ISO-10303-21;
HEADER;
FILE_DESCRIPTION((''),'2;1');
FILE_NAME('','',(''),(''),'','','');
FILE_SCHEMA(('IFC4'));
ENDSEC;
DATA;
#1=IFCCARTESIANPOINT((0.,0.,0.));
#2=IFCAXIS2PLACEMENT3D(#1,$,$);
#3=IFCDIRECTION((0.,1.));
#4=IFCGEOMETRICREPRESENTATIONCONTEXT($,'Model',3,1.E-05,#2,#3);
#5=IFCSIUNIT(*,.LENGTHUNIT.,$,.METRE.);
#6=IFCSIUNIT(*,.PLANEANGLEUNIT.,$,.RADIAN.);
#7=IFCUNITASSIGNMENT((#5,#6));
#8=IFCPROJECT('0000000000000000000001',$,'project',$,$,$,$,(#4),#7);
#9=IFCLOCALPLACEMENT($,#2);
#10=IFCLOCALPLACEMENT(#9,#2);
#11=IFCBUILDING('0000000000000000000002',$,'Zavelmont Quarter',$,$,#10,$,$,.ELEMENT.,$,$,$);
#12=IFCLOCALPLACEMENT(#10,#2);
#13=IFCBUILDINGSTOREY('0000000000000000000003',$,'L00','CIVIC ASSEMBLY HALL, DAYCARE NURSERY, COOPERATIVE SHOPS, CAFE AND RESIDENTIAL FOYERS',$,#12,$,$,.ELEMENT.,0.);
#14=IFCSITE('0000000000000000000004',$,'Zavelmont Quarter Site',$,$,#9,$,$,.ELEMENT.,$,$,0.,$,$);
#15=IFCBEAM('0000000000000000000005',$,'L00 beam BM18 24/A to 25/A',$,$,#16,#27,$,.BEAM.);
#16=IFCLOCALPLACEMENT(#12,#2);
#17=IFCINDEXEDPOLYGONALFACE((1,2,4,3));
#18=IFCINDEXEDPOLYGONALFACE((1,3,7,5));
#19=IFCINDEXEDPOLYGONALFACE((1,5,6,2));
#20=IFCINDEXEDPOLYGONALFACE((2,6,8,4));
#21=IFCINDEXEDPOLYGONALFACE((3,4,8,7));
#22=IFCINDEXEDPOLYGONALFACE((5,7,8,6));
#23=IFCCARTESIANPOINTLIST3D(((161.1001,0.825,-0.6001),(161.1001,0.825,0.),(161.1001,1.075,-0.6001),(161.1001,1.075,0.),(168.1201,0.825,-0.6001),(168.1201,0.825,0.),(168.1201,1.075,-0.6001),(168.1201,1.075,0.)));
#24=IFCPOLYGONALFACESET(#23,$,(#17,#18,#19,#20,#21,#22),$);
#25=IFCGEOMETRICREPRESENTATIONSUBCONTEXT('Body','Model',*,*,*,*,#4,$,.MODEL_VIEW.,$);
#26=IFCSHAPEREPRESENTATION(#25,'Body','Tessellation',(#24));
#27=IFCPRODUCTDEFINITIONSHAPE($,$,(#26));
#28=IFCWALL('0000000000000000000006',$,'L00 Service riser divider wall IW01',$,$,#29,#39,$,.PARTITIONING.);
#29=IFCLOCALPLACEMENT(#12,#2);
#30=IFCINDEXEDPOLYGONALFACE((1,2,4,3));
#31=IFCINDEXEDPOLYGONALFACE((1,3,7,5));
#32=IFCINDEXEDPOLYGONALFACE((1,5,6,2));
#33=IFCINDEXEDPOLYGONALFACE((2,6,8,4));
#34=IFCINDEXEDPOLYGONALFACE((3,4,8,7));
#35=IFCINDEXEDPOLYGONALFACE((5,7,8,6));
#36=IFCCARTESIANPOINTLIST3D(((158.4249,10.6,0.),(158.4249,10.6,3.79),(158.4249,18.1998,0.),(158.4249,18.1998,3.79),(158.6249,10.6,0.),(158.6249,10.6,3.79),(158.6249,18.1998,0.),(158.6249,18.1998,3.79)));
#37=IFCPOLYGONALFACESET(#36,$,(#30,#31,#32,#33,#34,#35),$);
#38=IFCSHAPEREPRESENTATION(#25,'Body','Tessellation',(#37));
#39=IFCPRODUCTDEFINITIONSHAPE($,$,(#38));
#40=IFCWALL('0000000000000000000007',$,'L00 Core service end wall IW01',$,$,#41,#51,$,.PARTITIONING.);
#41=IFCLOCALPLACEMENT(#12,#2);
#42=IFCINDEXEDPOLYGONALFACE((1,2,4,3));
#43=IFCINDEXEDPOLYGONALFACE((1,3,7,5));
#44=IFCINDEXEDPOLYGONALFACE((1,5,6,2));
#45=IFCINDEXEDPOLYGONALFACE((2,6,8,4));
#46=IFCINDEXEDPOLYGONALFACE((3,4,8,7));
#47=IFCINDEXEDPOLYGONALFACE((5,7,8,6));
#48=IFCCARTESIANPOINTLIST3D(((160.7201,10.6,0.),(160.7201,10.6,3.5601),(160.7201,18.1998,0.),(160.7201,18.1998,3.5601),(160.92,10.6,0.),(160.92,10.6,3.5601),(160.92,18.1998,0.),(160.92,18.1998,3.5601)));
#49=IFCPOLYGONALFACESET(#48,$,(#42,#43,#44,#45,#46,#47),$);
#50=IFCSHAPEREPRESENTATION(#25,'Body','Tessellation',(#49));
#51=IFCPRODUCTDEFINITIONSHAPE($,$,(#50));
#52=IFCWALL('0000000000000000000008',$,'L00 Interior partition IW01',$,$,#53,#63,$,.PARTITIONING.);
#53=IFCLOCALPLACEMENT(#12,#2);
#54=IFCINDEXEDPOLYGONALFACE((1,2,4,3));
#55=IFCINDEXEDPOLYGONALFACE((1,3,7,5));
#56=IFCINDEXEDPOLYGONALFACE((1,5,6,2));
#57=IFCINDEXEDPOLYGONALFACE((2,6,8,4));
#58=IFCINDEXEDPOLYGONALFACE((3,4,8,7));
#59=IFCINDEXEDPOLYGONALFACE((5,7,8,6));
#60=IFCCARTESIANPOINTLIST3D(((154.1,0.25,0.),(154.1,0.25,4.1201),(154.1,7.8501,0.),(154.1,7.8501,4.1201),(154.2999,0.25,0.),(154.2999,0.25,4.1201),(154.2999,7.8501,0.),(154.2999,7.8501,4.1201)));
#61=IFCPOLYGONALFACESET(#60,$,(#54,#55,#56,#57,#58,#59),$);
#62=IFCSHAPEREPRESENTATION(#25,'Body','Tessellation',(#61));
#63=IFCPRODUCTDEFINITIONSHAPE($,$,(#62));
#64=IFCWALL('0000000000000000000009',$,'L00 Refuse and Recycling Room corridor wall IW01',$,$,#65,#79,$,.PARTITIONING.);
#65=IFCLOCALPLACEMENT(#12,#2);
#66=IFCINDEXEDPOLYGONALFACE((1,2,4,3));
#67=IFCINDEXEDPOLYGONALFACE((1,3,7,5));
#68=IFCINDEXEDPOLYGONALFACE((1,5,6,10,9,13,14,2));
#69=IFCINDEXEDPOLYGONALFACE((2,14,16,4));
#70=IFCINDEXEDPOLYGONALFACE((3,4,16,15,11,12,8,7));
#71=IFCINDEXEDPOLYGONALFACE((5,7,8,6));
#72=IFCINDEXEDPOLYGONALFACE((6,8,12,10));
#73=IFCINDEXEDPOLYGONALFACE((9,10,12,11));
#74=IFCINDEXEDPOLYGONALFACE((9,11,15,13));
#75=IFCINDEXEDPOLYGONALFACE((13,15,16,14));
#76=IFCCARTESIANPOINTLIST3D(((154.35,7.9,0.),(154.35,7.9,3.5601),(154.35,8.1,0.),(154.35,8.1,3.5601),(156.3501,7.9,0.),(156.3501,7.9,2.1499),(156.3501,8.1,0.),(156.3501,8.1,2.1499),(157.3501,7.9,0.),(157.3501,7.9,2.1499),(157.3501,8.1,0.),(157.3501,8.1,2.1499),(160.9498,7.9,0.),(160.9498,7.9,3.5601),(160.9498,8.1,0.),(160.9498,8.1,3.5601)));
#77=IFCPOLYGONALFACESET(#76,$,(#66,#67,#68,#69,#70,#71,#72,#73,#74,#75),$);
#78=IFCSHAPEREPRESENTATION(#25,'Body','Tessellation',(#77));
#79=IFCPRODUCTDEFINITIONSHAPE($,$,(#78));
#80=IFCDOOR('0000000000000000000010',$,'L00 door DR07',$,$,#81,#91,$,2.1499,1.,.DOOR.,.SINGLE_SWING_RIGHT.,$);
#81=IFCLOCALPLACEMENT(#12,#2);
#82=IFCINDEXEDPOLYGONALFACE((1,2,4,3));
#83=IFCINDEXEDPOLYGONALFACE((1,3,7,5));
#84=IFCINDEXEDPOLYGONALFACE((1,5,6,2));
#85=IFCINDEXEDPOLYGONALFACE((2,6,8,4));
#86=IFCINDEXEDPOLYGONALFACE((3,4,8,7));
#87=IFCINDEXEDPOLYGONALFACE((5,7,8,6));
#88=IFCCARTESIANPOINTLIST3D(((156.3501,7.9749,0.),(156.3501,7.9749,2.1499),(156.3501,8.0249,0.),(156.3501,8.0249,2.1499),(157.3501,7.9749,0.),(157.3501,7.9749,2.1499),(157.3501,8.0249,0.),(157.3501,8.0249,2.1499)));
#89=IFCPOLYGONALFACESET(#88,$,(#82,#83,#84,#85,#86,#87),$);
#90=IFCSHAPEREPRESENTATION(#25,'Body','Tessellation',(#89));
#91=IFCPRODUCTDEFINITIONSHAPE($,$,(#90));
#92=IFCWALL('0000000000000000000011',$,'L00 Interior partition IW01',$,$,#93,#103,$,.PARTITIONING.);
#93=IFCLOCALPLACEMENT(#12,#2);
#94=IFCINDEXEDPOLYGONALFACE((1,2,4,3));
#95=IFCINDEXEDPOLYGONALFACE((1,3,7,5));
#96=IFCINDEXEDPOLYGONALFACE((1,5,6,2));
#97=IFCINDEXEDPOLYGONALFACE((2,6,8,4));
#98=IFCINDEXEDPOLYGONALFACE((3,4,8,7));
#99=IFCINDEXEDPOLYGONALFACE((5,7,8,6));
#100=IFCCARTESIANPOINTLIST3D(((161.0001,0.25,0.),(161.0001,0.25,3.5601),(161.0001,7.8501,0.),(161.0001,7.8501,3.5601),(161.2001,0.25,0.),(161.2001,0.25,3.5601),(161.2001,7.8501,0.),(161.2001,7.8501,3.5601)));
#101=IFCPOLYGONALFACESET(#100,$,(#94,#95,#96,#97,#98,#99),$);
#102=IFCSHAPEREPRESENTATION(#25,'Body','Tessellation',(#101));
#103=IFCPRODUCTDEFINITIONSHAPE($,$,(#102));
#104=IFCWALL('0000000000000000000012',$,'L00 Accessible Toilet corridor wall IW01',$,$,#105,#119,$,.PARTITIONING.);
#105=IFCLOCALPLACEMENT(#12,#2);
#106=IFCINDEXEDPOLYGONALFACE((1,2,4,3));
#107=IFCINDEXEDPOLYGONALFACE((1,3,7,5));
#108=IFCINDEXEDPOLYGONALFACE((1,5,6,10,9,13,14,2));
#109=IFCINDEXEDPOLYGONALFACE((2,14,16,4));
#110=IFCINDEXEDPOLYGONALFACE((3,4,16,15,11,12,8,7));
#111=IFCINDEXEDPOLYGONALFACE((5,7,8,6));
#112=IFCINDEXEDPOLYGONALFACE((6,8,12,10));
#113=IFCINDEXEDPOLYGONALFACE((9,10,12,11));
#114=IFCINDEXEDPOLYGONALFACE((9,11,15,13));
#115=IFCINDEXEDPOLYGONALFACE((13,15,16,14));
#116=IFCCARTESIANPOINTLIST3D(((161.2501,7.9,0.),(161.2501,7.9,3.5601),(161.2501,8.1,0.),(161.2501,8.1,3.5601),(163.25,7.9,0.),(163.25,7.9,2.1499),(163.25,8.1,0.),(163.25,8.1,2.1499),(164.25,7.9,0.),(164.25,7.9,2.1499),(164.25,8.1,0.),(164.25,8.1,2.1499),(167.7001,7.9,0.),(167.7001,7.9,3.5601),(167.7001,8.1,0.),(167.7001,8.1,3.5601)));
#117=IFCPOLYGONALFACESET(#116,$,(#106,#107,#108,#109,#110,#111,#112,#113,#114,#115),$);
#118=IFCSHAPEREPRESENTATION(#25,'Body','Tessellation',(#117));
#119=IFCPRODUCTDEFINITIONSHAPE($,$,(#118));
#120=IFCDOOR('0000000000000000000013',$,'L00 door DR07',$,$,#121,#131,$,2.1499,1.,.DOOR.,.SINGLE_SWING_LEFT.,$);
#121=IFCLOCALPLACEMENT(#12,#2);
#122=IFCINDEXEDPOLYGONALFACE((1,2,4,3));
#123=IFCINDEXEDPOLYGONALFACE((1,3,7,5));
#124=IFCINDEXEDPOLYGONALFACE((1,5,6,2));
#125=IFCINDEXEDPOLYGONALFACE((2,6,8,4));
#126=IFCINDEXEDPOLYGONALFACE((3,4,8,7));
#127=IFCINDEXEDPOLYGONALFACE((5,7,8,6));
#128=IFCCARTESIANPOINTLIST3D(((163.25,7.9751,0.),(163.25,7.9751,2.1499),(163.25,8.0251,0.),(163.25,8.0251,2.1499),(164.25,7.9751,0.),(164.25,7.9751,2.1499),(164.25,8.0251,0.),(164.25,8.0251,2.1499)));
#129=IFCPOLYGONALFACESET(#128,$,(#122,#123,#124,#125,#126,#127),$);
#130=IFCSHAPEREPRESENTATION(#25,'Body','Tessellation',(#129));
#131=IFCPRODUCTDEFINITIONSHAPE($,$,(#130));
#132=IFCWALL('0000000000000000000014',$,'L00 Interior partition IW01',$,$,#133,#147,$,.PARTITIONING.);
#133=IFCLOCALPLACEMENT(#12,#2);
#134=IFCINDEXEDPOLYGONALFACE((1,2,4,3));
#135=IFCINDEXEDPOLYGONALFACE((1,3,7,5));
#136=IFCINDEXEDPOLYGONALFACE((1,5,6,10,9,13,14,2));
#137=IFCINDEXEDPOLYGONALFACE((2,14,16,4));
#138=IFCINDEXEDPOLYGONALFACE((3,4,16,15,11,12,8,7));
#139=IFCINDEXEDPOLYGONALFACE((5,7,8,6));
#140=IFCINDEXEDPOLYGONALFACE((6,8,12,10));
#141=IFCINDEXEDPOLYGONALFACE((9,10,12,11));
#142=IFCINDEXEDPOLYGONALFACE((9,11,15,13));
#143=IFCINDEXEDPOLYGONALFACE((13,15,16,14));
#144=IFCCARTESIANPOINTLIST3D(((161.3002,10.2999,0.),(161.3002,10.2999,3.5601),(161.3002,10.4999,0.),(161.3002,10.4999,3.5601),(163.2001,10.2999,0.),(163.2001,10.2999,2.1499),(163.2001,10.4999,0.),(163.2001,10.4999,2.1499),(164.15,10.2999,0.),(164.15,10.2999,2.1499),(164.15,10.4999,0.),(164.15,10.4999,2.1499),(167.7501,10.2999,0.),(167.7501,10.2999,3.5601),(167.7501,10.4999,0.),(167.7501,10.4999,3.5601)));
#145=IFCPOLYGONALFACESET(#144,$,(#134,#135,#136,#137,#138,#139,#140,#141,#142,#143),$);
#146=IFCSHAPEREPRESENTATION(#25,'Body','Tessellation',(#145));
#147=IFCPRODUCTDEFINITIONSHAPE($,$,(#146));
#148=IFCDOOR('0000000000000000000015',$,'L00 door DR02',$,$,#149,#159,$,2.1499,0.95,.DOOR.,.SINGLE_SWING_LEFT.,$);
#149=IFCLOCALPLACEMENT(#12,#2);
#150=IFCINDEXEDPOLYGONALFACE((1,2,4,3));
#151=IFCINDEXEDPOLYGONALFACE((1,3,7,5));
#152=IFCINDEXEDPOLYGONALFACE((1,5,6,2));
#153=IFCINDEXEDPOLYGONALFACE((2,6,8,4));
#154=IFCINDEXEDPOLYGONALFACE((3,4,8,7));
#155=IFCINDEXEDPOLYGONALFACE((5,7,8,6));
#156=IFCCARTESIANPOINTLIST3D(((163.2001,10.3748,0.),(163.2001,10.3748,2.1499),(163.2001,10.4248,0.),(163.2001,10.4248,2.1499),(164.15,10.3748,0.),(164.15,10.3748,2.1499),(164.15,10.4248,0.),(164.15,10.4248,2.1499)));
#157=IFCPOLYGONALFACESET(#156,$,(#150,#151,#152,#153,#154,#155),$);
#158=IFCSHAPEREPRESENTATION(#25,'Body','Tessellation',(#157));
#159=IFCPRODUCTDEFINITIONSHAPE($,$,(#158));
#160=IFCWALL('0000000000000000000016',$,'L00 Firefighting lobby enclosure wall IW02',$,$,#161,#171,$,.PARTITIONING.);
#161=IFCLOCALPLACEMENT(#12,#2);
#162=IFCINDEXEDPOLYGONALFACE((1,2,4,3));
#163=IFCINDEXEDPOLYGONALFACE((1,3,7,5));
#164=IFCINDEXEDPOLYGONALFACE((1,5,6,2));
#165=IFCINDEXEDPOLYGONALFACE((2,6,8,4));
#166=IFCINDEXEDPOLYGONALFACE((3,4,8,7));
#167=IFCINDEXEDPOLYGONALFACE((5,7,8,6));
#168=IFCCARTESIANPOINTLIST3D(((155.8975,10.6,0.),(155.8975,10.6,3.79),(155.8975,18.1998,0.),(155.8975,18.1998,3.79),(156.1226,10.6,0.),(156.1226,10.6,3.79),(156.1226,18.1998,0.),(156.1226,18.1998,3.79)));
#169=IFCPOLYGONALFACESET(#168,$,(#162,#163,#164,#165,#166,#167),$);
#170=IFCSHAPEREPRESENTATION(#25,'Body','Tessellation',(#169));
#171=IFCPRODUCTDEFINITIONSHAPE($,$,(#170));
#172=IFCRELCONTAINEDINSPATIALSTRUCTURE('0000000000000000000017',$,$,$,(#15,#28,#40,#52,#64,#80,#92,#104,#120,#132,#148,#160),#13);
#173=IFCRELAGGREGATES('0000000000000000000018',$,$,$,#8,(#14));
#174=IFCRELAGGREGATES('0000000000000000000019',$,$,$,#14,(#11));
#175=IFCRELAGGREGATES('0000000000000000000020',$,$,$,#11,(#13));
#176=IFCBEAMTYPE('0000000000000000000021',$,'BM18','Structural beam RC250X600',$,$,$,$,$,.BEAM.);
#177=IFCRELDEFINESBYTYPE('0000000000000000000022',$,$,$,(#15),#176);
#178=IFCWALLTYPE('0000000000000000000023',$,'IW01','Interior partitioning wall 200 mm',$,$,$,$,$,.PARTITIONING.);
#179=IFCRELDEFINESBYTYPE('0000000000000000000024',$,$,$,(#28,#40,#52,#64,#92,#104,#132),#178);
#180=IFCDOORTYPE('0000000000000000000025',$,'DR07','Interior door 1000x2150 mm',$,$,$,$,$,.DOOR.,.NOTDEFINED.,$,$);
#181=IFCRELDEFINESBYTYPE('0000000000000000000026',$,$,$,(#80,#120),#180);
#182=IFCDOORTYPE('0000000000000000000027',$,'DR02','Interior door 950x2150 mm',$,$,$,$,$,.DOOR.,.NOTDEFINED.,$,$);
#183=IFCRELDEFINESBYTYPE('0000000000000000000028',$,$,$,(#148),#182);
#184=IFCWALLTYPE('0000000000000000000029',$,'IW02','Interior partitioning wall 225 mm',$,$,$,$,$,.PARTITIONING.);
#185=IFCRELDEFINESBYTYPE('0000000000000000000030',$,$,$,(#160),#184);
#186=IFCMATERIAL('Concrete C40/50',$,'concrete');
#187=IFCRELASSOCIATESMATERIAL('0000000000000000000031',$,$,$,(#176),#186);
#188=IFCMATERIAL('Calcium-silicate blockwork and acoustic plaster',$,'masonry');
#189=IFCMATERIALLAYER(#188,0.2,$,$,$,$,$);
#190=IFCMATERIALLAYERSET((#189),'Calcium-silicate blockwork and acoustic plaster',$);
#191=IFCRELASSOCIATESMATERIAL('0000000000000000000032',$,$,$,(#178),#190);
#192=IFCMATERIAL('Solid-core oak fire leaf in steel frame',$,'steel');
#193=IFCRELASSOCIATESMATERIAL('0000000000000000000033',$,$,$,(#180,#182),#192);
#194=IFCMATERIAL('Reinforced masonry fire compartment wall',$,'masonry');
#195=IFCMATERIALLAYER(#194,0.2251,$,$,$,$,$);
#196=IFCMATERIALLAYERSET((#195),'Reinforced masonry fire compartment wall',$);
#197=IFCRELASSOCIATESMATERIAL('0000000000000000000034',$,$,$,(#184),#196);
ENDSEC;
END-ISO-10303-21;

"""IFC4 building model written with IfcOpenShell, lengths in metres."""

from ifc_helpers import new_model, si_unit, direction, frame, frame_2d, origin, origin_with_axes, origin_2d, place, context, subcontext, project, spatial, rectangle, extrude, material, layer, layer_set, material_profile, profile_set, type_object, element, fill, save


model = new_model("IFC4")

# Units and contexts
model_context = context("Model", 3, precision=1e-05, world=origin(), true_north=direction((0.0, 1.0)))
body_context = subcontext(model_context, "Body", "Model", "MODEL_VIEW")
ifc_project = project(units=[si_unit("LENGTHUNIT", "METRE"), si_unit("PLANEANGLEUNIT", "RADIAN")], contexts=[model_context])

# Site, building, storey
site_placement = place(None, origin())
site = spatial("IfcSite", under=ifc_project, at=site_placement, Name="Zavelmont Quarter Site", CompositionType="ELEMENT", RefElevation=0.0)
building_placement = place(site_placement, origin())
building = spatial("IfcBuilding", under=site, at=building_placement, Name="Zavelmont Quarter", CompositionType="ELEMENT")
storey_placement = place(building_placement, origin())
storey = spatial("IfcBuildingStorey", under=building, at=storey_placement, Name="L00", Description="CIVIC ASSEMBLY HALL, DAYCARE NURSERY, COOPERATIVE SHOPS, CAFE AND RESIDENTIAL FOYERS", CompositionType="ELEMENT", Elevation=0.0)

# Shared definitions
ifc_material_1 = material(Name="Concrete C40/50", Category="concrete")

# Beam
ifc_material_profile_1 = material_profile(ifc_material_1, rectangle(XDim=0.25, YDim=0.6001, at=origin_2d()), Name="RC250X600")
ifc_profile_set_1 = profile_set([ifc_material_profile_1], Name="Concrete C40/50")
beam_type_1 = type_object("IfcBeamType", Name="BM18", Description="Structural beam RC250X600", PredefinedType="BEAM", material=ifc_profile_set_1)
beam_1_placement = place(storey_placement, frame((161.1001, 0.95, -0.3), z_axis=(1.0, 0.0, 0.0), x_axis=(0.0, 1.0, 0.0)))
element("IfcBeam", 1, at=beam_1_placement, inside=storey, type_object=beam_type_1, Name="L00 beam BM18 24/A to 25/A", PredefinedType="BEAM", context=body_context, shape_type="SweptSolid", body=[
    extrude(rectangle(XDim=0.25, YDim=0.6001, at=origin_2d()), origin(), (0.0, 0.0, 1.0), 7.02),
])

# Walls
ifc_material_2 = material(Name="Calcium-silicate blockwork and acoustic plaster", Category="masonry")
ifc_layer_1 = layer(ifc_material_2, 0.2)
ifc_layer_set_1 = layer_set([ifc_layer_1], Name="Calcium-silicate blockwork and acoustic plaster")
wall_type_1 = type_object("IfcWallType", Name="IW01", Description="Interior partitioning wall 200 mm", PredefinedType="PARTITIONING", material=ifc_layer_set_1)
wall_1_placement = place(storey_placement, frame((158.5249, 10.6001, 0.0), z_axis=(0.0, 0.0, 1.0), x_axis=(0.0, 1.0, 0.0)))
element("IfcWall", 2, at=wall_1_placement, inside=storey, type_object=wall_type_1, Name="L00 Service riser divider wall IW01", PredefinedType="PARTITIONING", context=body_context, shape_type="SweptSolid", body=[
    extrude(rectangle(XDim=7.5999, YDim=0.2, at=frame_2d((3.7998, 0.0))), origin(), (0.0, 0.0, 1.0), 3.79),
])
wall_2_placement = place(storey_placement, frame((160.8201, 10.6001, 0.0), z_axis=(0.0, 0.0, 1.0), x_axis=(0.0, 1.0, 0.0)))
element("IfcWall", 3, at=wall_2_placement, inside=storey, type_object=wall_type_1, Name="L00 Core service end wall IW01", PredefinedType="PARTITIONING", context=body_context, shape_type="SweptSolid", body=[
    extrude(rectangle(XDim=7.5999, YDim=0.2, at=frame_2d((3.7998, 0.0))), origin(), (0.0, 0.0, 1.0), 3.5601),
])
wall_3_placement = place(storey_placement, frame((154.2, 0.25, 0.0), z_axis=(0.0, 0.0, 1.0), x_axis=(0.0, 1.0, 0.0)))
element("IfcWall", 4, at=wall_3_placement, inside=storey, type_object=wall_type_1, Name="L00 Interior partition IW01", PredefinedType="PARTITIONING", context=body_context, shape_type="SweptSolid", body=[
    extrude(rectangle(XDim=7.6001, YDim=0.2, at=frame_2d((3.8, 0.0))), origin(), (0.0, 0.0, 1.0), 4.1201),
])

# Wall, opening, door
wall_4_placement = place(storey_placement, frame((154.3501, 8.0, 0.0), z_axis=(0.0, 0.0, 1.0), x_axis=(1.0, 0.0, 0.0)))
wall_4 = element("IfcWall", 5, at=wall_4_placement, inside=storey, type_object=wall_type_1, Name="L00 Refuse and Recycling Room corridor wall IW01", PredefinedType="PARTITIONING", context=body_context, shape_type="SweptSolid", body=[
    extrude(rectangle(XDim=6.5999, YDim=0.2, at=frame_2d((3.2998, 0.0))), origin(), (0.0, 0.0, 1.0), 3.5601),
])
opening_1_placement = place(wall_4_placement, frame((2.0, 0.0, 0.0)))
opening_1 = element("IfcOpeningElement", 6, at=opening_1_placement, cuts=wall_4, PredefinedType="OPENING", context=body_context, shape_type="SweptSolid", body=[
    extrude(rectangle(XDim=1.0, YDim=2.1499, at=frame_2d((0.5, 1.075))), frame((0.0, 0.1118, 0.0), z_axis=(0.0, -1.0, 0.0), x_axis=(1.0, 0.0, 0.0)), (0.0, 0.0, 1.0), 0.2239),
])
ifc_material_3 = material(Name="Solid-core oak fire leaf in steel frame", Category="steel")
door_type_1 = type_object("IfcDoorType", Name="DR07", Description="Interior door 1000x2150 mm", OperationType="NOTDEFINED", PredefinedType="DOOR", material=ifc_material_3)
door_1_placement = place(opening_1_placement, origin_with_axes())
door_1 = element("IfcDoor", 7, at=door_1_placement, inside=storey, type_object=door_type_1, Name="L00 door DR07", OperationType="SINGLE_SWING_RIGHT", OverallHeight=2.1499, OverallWidth=1.0, PredefinedType="DOOR", context=body_context, shape_type="SweptSolid", body=[
    extrude(rectangle(XDim=1.0, YDim=2.1499, at=frame_2d((0.5, 1.075))), frame((0.0, 0.0249, 0.0), z_axis=(0.0, -1.0, 0.0), x_axis=(1.0, 0.0, 0.0)), (0.0, 0.0, 1.0), 0.05),
])
fill(opening_1, door_1)

# Wall
wall_5_placement = place(storey_placement, frame((161.1001, 0.25, 0.0), z_axis=(0.0, 0.0, 1.0), x_axis=(0.0, 1.0, 0.0)))
element("IfcWall", 8, at=wall_5_placement, inside=storey, type_object=wall_type_1, Name="L00 Interior partition IW01", PredefinedType="PARTITIONING", context=body_context, shape_type="SweptSolid", body=[
    extrude(rectangle(XDim=7.6001, YDim=0.2, at=frame_2d((3.8, 0.0))), origin(), (0.0, 0.0, 1.0), 3.5601),
])

# Walls, openings, doors
wall_6_placement = place(storey_placement, frame((161.25, 8.0, 0.0), z_axis=(0.0, 0.0, 1.0), x_axis=(1.0, 0.0, 0.0)))
wall_6 = element("IfcWall", 9, at=wall_6_placement, inside=storey, type_object=wall_type_1, Name="L00 Accessible Toilet corridor wall IW01", PredefinedType="PARTITIONING", context=body_context, shape_type="SweptSolid", body=[
    extrude(rectangle(XDim=6.45, YDim=0.2, at=frame_2d((3.2251, 0.0))), origin(), (0.0, 0.0, 1.0), 3.5601),
])
opening_2_placement = place(wall_6_placement, frame((2.0, 0.0, 0.0)))
opening_2 = element("IfcOpeningElement", 10, at=opening_2_placement, cuts=wall_6, PredefinedType="OPENING", context=body_context, shape_type="SweptSolid", body=[
    extrude(rectangle(XDim=1.0, YDim=2.1499, at=frame_2d((0.5, 1.075))), frame((0.0, 0.1118, 0.0), z_axis=(0.0, -1.0, 0.0), x_axis=(1.0, 0.0, 0.0)), (0.0, 0.0, 1.0), 0.2239),
])
door_2_placement = place(opening_2_placement, frame((1.0, 0.0, 0.0), z_axis=(0.0, 0.0, 1.0), x_axis=(-1.0, 0.0, 0.0)))
door_2 = element("IfcDoor", 11, at=door_2_placement, inside=storey, type_object=door_type_1, Name="L00 door DR07", OperationType="SINGLE_SWING_LEFT", OverallHeight=2.1499, OverallWidth=1.0, PredefinedType="DOOR", context=body_context, shape_type="SweptSolid", body=[
    extrude(rectangle(XDim=1.0, YDim=2.1499, at=frame_2d((0.5, 1.075))), frame((0.0, 0.0249, 0.0), z_axis=(0.0, -1.0, 0.0), x_axis=(1.0, 0.0, 0.0)), (0.0, 0.0, 1.0), 0.05),
])
fill(opening_2, door_2)
wall_7_placement = place(storey_placement, frame((161.3, 10.3999, 0.0), z_axis=(0.0, 0.0, 1.0), x_axis=(1.0, 0.0, 0.0)))
wall_7 = element("IfcWall", 12, at=wall_7_placement, inside=storey, type_object=wall_type_1, Name="L00 Interior partition IW01", PredefinedType="PARTITIONING", context=body_context, shape_type="SweptSolid", body=[
    extrude(rectangle(XDim=6.45, YDim=0.2, at=frame_2d((3.2251, 0.0))), origin(), (0.0, 0.0, 1.0), 3.5601),
])
opening_3_placement = place(wall_7_placement, frame((1.8999, 0.0, 0.0)))
opening_3 = element("IfcOpeningElement", 13, at=opening_3_placement, cuts=wall_7, PredefinedType="OPENING", context=body_context, shape_type="SweptSolid", body=[
    extrude(rectangle(XDim=0.95, YDim=2.1499, at=frame_2d((0.4751, 1.075))), frame((0.0, 0.1118, 0.0), z_axis=(0.0, -1.0, 0.0), x_axis=(1.0, 0.0, 0.0)), (0.0, 0.0, 1.0), 0.2239),
])
door_type_2 = type_object("IfcDoorType", Name="DR02", Description="Interior door 950x2150 mm", OperationType="NOTDEFINED", PredefinedType="DOOR", material=ifc_material_3)
door_3_placement = place(opening_3_placement, origin_with_axes())
door_3 = element("IfcDoor", 14, at=door_3_placement, inside=storey, type_object=door_type_2, Name="L00 door DR02", OperationType="SINGLE_SWING_LEFT", OverallHeight=2.1499, OverallWidth=0.95, PredefinedType="DOOR", context=body_context, shape_type="SweptSolid", body=[
    extrude(rectangle(XDim=0.95, YDim=2.1499, at=frame_2d((0.4751, 1.075))), frame((0.0, 0.0249, 0.0), z_axis=(0.0, -1.0, 0.0), x_axis=(1.0, 0.0, 0.0)), (0.0, 0.0, 1.0), 0.05),
])
fill(opening_3, door_3)

# Wall
ifc_material_4 = material(Name="Reinforced masonry fire compartment wall", Category="masonry")
ifc_layer_2 = layer(ifc_material_4, 0.2251)
ifc_layer_set_2 = layer_set([ifc_layer_2], Name="Reinforced masonry fire compartment wall")
wall_type_2 = type_object("IfcWallType", Name="IW02", Description="Interior partitioning wall 225 mm", PredefinedType="PARTITIONING", material=ifc_layer_set_2)
wall_8_placement = place(storey_placement, frame((156.01, 10.6001, 0.0), z_axis=(0.0, 0.0, 1.0), x_axis=(0.0, 1.0, 0.0)))
element("IfcWall", 15, at=wall_8_placement, inside=storey, type_object=wall_type_2, Name="L00 Firefighting lobby enclosure wall IW02", PredefinedType="PARTITIONING", context=body_context, shape_type="SweptSolid", body=[
    extrude(rectangle(XDim=7.5999, YDim=0.2251, at=frame_2d((3.7998, 0.0))), origin(), (0.0, 0.0, 1.0), 3.79),
])

save(model, "model.ifc")
